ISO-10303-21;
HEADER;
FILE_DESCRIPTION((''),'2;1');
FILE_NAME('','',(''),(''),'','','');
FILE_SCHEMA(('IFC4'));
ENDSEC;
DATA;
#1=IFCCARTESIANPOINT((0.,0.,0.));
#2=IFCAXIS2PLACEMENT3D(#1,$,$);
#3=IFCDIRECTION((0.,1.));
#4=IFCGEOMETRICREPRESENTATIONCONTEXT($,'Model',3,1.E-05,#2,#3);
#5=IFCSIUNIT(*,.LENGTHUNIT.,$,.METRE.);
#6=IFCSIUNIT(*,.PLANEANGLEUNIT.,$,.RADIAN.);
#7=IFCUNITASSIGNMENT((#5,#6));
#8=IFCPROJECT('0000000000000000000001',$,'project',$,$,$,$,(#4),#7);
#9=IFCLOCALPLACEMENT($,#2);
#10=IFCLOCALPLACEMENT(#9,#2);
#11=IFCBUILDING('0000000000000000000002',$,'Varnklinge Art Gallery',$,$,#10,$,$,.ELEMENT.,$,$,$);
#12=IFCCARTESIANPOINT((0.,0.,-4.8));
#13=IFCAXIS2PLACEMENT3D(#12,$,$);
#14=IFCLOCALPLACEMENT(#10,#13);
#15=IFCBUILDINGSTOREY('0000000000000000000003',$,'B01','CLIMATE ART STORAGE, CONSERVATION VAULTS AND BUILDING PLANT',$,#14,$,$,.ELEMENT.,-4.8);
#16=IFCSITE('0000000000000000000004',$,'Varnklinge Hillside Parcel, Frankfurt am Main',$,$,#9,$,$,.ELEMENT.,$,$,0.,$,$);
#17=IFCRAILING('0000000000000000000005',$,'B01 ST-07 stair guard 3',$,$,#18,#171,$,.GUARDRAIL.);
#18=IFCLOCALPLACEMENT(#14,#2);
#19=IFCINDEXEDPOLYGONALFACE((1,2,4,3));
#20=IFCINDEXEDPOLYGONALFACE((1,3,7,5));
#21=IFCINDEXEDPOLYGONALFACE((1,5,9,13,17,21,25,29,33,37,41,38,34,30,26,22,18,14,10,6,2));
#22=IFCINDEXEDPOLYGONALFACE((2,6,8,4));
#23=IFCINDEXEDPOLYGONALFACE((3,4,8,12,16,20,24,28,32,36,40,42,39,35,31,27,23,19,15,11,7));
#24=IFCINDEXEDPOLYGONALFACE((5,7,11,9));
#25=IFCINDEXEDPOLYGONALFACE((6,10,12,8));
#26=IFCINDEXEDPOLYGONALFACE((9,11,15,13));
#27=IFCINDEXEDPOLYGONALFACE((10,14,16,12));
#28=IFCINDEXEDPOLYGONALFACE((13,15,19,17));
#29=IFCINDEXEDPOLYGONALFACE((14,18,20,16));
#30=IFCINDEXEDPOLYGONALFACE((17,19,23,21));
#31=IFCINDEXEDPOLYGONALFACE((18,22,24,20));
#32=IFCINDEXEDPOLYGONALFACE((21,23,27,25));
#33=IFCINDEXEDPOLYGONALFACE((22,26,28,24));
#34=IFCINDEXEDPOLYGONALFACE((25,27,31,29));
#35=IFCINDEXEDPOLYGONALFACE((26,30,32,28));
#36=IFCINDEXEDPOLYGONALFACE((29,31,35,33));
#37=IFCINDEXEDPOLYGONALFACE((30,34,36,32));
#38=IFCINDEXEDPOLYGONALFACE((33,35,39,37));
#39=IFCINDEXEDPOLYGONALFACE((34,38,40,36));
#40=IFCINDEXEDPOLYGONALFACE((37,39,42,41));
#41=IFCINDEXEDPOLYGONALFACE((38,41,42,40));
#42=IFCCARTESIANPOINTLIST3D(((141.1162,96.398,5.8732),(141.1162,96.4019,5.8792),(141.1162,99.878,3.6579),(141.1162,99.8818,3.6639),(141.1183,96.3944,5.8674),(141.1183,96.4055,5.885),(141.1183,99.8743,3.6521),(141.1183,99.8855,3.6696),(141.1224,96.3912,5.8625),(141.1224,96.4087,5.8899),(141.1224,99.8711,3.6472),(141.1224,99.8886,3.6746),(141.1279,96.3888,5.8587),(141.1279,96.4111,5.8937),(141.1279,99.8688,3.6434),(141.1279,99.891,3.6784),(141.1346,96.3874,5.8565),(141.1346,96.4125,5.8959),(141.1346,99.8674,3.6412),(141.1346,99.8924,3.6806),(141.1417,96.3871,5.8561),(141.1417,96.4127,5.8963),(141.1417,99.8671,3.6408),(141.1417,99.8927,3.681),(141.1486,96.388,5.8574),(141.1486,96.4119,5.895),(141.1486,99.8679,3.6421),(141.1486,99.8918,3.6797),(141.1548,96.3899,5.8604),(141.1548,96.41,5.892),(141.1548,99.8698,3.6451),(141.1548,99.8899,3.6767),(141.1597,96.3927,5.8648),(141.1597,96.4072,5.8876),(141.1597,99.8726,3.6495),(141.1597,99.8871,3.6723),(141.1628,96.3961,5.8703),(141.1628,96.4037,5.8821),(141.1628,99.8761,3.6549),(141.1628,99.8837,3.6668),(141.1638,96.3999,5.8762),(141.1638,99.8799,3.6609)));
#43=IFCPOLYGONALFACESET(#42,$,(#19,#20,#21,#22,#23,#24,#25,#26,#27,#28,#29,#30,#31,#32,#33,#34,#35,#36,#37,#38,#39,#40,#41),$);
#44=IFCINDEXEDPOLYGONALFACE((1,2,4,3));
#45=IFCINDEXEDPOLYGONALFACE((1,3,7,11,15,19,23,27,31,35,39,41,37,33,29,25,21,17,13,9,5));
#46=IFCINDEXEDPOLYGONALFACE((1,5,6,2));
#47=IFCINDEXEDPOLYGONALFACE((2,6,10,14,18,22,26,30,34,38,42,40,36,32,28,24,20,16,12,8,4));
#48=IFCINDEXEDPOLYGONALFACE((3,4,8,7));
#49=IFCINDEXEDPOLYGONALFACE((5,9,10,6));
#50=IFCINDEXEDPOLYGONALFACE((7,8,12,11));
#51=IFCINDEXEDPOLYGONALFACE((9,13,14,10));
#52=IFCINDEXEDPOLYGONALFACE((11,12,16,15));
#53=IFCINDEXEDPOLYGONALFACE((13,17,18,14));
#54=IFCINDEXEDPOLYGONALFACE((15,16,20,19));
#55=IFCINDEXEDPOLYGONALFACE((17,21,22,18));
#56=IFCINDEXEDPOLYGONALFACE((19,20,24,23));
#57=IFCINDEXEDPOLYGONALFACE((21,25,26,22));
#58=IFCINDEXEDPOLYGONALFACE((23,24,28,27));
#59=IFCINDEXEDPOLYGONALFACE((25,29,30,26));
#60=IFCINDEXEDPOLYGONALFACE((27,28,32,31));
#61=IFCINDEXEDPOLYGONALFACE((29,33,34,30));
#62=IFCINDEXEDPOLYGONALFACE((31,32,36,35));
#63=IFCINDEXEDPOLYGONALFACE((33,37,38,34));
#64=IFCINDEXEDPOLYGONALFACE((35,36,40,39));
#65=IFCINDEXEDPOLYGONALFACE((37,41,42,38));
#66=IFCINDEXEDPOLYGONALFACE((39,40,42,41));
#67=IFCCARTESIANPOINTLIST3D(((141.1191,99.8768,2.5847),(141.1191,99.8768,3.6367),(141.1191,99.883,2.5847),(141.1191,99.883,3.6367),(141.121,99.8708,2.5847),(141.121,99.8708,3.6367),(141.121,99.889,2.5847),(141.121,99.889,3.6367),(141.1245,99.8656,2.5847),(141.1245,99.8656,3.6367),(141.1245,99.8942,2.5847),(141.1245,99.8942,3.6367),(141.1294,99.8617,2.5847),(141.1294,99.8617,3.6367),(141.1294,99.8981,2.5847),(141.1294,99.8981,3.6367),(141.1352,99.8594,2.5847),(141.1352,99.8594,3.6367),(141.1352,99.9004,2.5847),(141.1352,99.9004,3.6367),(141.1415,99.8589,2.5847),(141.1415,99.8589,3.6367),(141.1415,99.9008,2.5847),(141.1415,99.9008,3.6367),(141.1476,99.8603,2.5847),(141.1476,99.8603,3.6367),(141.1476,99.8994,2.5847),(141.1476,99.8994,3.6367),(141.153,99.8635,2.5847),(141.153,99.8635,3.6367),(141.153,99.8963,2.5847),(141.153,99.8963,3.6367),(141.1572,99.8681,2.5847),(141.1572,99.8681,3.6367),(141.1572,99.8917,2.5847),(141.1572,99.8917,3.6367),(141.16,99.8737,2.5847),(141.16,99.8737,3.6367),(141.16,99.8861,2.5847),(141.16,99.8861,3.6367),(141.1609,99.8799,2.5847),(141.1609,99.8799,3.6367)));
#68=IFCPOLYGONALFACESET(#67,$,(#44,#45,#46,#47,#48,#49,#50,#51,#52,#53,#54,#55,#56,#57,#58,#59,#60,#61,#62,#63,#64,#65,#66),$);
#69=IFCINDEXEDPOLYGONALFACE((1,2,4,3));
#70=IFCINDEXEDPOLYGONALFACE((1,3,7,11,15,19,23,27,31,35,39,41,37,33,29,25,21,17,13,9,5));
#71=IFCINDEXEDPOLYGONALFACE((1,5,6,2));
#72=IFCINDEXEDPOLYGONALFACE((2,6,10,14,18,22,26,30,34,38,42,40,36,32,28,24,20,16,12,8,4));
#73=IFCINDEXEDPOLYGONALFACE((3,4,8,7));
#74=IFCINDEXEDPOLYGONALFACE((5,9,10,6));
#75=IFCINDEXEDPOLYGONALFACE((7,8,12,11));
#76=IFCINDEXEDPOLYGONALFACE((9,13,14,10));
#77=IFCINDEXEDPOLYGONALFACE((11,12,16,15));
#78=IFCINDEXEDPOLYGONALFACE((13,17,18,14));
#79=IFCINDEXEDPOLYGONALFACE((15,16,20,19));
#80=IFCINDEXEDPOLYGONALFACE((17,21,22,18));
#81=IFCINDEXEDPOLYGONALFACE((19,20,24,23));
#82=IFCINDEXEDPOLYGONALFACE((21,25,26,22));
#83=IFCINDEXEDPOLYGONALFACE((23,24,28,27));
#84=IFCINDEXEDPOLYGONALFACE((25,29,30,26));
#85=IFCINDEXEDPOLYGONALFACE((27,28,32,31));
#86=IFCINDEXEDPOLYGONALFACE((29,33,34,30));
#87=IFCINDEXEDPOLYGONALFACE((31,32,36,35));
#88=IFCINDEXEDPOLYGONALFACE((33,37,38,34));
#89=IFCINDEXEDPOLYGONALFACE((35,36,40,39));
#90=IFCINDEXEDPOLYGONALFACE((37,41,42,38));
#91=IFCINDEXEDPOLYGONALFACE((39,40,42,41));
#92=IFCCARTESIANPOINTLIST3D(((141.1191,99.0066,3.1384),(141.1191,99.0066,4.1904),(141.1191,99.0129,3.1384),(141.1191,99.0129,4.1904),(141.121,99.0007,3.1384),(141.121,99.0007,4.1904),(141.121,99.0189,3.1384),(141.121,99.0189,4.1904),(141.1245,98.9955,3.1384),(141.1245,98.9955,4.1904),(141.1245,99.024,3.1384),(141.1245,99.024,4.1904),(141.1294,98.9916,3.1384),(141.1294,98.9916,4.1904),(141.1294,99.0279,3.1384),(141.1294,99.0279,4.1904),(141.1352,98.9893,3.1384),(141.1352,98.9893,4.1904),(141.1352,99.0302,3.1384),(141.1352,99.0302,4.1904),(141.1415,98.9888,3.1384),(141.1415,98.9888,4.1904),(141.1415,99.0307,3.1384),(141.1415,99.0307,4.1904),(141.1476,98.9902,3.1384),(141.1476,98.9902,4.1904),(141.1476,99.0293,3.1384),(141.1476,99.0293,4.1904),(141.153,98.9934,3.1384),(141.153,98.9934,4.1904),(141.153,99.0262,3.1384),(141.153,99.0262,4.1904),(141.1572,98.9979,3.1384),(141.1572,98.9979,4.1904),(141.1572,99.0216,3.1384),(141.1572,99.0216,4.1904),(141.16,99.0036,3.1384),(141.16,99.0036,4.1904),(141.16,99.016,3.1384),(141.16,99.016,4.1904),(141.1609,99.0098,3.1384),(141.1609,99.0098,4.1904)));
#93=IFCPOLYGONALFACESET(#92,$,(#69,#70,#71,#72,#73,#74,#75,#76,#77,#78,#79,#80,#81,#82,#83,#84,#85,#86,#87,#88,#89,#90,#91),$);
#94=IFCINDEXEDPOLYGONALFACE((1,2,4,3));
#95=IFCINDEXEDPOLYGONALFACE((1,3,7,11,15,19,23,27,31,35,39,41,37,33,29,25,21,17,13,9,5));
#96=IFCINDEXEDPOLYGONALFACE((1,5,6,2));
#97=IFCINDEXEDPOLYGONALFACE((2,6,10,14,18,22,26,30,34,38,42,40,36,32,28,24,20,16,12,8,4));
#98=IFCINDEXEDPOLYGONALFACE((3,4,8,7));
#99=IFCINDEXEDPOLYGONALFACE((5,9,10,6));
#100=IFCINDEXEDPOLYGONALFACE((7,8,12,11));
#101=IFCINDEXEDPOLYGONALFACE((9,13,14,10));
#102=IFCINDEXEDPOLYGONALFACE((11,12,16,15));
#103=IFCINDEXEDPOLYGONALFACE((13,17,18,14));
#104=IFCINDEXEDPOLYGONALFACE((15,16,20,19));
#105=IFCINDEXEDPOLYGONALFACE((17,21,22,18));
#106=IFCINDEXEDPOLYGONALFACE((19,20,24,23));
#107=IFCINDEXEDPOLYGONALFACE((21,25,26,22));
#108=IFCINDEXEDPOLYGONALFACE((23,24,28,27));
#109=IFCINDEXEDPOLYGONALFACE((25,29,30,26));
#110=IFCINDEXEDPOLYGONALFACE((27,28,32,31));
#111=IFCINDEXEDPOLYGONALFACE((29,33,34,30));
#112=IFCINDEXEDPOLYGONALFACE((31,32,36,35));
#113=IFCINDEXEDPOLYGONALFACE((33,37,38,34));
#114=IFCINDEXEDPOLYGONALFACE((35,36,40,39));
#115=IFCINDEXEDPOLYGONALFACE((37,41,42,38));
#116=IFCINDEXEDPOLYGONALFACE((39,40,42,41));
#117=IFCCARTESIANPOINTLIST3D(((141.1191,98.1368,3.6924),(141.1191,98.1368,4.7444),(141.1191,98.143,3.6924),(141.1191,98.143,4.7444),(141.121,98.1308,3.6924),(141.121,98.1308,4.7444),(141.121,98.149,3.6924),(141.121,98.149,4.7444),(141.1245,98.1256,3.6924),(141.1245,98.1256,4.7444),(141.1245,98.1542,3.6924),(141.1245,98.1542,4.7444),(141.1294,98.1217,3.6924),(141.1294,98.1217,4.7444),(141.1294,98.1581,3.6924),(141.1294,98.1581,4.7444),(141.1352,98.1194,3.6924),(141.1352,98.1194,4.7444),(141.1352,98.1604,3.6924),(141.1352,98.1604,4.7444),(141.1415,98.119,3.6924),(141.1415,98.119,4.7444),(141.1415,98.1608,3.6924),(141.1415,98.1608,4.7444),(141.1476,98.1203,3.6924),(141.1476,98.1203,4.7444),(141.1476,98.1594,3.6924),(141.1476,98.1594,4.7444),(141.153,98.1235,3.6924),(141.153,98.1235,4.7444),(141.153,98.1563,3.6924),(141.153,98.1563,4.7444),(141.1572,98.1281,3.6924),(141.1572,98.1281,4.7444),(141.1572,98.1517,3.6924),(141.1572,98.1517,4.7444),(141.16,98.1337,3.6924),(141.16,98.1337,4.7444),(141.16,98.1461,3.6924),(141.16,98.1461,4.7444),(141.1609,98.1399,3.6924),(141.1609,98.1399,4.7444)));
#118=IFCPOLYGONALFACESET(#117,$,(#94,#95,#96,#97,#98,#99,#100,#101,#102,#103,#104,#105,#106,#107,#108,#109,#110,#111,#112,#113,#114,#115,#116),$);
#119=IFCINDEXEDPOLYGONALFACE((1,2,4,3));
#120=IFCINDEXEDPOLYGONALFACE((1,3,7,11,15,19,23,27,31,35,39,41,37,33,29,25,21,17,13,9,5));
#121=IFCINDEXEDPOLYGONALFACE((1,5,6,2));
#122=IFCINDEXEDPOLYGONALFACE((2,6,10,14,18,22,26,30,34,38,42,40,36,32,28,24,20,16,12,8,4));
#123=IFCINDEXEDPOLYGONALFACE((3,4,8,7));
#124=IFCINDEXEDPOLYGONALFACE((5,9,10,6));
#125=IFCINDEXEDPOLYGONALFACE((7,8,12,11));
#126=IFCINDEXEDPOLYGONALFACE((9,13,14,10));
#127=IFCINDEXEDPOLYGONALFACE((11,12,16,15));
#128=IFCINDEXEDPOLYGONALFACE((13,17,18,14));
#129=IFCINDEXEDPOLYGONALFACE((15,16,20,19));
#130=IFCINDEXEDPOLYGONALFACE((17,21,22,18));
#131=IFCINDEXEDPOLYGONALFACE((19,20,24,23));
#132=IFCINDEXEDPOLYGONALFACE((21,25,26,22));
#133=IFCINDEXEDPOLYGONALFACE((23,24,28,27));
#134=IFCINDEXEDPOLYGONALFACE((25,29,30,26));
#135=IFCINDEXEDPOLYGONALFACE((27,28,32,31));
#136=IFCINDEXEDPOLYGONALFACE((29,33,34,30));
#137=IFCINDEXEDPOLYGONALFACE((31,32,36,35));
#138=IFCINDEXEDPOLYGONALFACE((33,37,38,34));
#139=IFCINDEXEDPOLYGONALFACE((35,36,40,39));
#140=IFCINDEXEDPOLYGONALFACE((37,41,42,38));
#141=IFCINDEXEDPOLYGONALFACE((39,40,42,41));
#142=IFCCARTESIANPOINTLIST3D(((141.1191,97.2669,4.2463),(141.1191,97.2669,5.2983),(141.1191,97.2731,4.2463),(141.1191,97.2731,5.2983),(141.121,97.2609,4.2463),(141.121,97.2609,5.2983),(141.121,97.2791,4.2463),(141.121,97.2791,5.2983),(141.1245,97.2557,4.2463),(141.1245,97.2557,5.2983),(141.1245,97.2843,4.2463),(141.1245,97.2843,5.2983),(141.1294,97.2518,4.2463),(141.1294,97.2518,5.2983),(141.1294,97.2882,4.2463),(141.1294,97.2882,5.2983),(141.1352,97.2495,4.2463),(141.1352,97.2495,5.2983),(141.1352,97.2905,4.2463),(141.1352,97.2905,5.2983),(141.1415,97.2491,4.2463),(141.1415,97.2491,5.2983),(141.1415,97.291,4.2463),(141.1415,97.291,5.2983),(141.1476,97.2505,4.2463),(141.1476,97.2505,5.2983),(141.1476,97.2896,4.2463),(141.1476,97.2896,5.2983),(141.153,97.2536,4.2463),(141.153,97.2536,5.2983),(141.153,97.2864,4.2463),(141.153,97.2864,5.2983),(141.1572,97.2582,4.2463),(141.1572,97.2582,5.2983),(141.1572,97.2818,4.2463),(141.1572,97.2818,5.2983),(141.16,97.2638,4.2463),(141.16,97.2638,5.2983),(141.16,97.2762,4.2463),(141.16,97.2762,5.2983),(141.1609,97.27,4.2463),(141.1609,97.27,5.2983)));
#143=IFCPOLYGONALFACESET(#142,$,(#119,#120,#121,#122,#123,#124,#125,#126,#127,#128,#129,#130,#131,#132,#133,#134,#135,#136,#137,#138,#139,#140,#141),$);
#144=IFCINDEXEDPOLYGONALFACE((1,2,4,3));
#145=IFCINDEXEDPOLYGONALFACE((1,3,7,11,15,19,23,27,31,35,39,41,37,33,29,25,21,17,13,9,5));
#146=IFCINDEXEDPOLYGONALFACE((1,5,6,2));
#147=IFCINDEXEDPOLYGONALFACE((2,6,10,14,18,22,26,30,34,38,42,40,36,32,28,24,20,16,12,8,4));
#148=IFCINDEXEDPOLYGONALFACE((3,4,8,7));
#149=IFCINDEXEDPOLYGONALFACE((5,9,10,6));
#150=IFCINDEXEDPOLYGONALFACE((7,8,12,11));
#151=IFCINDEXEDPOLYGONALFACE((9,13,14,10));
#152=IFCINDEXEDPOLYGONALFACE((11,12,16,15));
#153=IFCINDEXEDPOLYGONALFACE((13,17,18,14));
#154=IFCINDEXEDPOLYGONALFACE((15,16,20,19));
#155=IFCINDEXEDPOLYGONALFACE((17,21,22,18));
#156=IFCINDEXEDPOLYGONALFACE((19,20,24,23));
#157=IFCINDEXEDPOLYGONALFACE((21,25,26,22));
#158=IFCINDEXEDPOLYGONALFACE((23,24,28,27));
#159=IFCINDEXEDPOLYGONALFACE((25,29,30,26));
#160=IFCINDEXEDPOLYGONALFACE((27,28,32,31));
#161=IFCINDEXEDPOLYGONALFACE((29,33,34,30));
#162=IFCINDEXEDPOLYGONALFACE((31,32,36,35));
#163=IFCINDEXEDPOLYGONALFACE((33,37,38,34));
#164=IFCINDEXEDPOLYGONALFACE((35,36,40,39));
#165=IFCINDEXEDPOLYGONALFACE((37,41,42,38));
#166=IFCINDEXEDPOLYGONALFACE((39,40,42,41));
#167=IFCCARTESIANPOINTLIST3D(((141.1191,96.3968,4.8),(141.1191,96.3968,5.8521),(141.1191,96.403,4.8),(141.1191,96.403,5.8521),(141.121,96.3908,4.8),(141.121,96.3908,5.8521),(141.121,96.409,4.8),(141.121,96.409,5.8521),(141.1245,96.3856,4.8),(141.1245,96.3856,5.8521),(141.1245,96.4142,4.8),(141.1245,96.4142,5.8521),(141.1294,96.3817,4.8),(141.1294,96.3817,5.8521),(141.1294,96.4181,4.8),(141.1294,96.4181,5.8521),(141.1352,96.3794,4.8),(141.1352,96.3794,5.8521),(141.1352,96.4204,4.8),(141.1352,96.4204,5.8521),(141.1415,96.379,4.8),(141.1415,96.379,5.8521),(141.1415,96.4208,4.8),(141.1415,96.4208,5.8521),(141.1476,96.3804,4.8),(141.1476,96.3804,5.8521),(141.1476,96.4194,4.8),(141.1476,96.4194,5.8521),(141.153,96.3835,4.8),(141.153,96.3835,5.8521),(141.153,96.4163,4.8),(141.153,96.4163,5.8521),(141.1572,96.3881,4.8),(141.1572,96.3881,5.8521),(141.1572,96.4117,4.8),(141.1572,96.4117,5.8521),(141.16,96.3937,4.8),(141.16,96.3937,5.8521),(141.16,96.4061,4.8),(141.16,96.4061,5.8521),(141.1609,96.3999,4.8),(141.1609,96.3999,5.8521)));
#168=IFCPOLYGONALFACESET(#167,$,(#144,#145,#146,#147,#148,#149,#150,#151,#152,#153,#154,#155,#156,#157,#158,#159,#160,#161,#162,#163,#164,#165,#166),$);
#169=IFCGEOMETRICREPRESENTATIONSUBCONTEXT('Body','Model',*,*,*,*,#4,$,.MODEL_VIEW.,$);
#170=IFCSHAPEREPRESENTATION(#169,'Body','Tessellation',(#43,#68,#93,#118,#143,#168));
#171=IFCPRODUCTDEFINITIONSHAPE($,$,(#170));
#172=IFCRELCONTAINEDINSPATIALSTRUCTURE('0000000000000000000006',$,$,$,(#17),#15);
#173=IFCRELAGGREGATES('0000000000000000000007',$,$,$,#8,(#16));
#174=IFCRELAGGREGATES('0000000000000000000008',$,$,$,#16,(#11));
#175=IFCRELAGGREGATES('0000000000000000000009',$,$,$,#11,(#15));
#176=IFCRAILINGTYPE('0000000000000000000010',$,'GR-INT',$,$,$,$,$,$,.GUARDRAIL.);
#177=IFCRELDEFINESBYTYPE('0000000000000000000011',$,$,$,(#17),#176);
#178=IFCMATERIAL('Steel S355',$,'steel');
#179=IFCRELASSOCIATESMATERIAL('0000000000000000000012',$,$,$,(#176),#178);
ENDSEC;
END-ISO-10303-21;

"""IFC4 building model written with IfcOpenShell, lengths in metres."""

from ifc_helpers import new_model, si_unit, direction, frame, origin, origin_2d, place, context, subcontext, project, spatial, circle, extrude, material, type_object, element, save


model = new_model("IFC4")

# Units and contexts
model_context = context("Model", 3, precision=1e-05, world=origin(), true_north=direction((0.0, 1.0)))
body_context = subcontext(model_context, "Body", "Model", "MODEL_VIEW")
ifc_project = project(units=[si_unit("LENGTHUNIT", "METRE"), si_unit("PLANEANGLEUNIT", "RADIAN")], contexts=[model_context])

# Site, building, storey
site_placement = place(None, origin())
site = spatial("IfcSite", under=ifc_project, at=site_placement, Name="Varnklinge Hillside Parcel, Frankfurt am Main", CompositionType="ELEMENT", RefElevation=0.0)
building_placement = place(site_placement, origin())
building = spatial("IfcBuilding", under=site, at=building_placement, Name="Varnklinge Art Gallery", CompositionType="ELEMENT")
storey_placement = place(building_placement, frame((0.0, 0.0, -4.8)))
storey = spatial("IfcBuildingStorey", under=building, at=storey_placement, Name="B01", Description="CLIMATE ART STORAGE, CONSERVATION VAULTS AND BUILDING PLANT", CompositionType="ELEMENT", Elevation=-4.8)

# Railing
ifc_material_1 = material(Name="Steel S355", Category="steel")
railing_type_1 = type_object("IfcRailingType", Name="GR-INT", PredefinedType="GUARDRAIL", material=ifc_material_1)
railing_1_placement = place(storey_placement, frame((141.1399, 99.8799, 2.5847)))
element("IfcRailing", 1, at=railing_1_placement, inside=storey, type_object=railing_type_1, Name="B01 ST-07 stair guard 3", PredefinedType="GUARDRAIL", context=body_context, shape_type="SweptSolid", body=[
    extrude(circle(Radius=0.0239, at=origin_2d()), frame((0.0, 0.0, 1.0762), z_axis=(0.0, -0.843574, 0.537013), x_axis=(1.0, 0.0, 0.0)), (0.0, 0.0, 1.0), 4.1252),
    extrude(circle(Radius=0.021, at=origin_2d()), origin(), (0.0, 0.0, 1.0), 1.052),
    extrude(circle(Radius=0.021, at=origin_2d()), frame((0.0, -0.8701, 0.5537)), (0.0, 0.0, 1.0), 1.052),
    extrude(circle(Radius=0.021, at=origin_2d()), frame((0.0, -1.74, 1.1077)), (0.0, 0.0, 1.0), 1.052),
    extrude(circle(Radius=0.021, at=origin_2d()), frame((0.0, -2.6099, 1.6616)), (0.0, 0.0, 1.0), 1.052),
    extrude(circle(Radius=0.021, at=origin_2d()), frame((0.0, -3.48, 2.2153)), (0.0, 0.0, 1.0), 1.052),
])

save(model, "model.ifc")
